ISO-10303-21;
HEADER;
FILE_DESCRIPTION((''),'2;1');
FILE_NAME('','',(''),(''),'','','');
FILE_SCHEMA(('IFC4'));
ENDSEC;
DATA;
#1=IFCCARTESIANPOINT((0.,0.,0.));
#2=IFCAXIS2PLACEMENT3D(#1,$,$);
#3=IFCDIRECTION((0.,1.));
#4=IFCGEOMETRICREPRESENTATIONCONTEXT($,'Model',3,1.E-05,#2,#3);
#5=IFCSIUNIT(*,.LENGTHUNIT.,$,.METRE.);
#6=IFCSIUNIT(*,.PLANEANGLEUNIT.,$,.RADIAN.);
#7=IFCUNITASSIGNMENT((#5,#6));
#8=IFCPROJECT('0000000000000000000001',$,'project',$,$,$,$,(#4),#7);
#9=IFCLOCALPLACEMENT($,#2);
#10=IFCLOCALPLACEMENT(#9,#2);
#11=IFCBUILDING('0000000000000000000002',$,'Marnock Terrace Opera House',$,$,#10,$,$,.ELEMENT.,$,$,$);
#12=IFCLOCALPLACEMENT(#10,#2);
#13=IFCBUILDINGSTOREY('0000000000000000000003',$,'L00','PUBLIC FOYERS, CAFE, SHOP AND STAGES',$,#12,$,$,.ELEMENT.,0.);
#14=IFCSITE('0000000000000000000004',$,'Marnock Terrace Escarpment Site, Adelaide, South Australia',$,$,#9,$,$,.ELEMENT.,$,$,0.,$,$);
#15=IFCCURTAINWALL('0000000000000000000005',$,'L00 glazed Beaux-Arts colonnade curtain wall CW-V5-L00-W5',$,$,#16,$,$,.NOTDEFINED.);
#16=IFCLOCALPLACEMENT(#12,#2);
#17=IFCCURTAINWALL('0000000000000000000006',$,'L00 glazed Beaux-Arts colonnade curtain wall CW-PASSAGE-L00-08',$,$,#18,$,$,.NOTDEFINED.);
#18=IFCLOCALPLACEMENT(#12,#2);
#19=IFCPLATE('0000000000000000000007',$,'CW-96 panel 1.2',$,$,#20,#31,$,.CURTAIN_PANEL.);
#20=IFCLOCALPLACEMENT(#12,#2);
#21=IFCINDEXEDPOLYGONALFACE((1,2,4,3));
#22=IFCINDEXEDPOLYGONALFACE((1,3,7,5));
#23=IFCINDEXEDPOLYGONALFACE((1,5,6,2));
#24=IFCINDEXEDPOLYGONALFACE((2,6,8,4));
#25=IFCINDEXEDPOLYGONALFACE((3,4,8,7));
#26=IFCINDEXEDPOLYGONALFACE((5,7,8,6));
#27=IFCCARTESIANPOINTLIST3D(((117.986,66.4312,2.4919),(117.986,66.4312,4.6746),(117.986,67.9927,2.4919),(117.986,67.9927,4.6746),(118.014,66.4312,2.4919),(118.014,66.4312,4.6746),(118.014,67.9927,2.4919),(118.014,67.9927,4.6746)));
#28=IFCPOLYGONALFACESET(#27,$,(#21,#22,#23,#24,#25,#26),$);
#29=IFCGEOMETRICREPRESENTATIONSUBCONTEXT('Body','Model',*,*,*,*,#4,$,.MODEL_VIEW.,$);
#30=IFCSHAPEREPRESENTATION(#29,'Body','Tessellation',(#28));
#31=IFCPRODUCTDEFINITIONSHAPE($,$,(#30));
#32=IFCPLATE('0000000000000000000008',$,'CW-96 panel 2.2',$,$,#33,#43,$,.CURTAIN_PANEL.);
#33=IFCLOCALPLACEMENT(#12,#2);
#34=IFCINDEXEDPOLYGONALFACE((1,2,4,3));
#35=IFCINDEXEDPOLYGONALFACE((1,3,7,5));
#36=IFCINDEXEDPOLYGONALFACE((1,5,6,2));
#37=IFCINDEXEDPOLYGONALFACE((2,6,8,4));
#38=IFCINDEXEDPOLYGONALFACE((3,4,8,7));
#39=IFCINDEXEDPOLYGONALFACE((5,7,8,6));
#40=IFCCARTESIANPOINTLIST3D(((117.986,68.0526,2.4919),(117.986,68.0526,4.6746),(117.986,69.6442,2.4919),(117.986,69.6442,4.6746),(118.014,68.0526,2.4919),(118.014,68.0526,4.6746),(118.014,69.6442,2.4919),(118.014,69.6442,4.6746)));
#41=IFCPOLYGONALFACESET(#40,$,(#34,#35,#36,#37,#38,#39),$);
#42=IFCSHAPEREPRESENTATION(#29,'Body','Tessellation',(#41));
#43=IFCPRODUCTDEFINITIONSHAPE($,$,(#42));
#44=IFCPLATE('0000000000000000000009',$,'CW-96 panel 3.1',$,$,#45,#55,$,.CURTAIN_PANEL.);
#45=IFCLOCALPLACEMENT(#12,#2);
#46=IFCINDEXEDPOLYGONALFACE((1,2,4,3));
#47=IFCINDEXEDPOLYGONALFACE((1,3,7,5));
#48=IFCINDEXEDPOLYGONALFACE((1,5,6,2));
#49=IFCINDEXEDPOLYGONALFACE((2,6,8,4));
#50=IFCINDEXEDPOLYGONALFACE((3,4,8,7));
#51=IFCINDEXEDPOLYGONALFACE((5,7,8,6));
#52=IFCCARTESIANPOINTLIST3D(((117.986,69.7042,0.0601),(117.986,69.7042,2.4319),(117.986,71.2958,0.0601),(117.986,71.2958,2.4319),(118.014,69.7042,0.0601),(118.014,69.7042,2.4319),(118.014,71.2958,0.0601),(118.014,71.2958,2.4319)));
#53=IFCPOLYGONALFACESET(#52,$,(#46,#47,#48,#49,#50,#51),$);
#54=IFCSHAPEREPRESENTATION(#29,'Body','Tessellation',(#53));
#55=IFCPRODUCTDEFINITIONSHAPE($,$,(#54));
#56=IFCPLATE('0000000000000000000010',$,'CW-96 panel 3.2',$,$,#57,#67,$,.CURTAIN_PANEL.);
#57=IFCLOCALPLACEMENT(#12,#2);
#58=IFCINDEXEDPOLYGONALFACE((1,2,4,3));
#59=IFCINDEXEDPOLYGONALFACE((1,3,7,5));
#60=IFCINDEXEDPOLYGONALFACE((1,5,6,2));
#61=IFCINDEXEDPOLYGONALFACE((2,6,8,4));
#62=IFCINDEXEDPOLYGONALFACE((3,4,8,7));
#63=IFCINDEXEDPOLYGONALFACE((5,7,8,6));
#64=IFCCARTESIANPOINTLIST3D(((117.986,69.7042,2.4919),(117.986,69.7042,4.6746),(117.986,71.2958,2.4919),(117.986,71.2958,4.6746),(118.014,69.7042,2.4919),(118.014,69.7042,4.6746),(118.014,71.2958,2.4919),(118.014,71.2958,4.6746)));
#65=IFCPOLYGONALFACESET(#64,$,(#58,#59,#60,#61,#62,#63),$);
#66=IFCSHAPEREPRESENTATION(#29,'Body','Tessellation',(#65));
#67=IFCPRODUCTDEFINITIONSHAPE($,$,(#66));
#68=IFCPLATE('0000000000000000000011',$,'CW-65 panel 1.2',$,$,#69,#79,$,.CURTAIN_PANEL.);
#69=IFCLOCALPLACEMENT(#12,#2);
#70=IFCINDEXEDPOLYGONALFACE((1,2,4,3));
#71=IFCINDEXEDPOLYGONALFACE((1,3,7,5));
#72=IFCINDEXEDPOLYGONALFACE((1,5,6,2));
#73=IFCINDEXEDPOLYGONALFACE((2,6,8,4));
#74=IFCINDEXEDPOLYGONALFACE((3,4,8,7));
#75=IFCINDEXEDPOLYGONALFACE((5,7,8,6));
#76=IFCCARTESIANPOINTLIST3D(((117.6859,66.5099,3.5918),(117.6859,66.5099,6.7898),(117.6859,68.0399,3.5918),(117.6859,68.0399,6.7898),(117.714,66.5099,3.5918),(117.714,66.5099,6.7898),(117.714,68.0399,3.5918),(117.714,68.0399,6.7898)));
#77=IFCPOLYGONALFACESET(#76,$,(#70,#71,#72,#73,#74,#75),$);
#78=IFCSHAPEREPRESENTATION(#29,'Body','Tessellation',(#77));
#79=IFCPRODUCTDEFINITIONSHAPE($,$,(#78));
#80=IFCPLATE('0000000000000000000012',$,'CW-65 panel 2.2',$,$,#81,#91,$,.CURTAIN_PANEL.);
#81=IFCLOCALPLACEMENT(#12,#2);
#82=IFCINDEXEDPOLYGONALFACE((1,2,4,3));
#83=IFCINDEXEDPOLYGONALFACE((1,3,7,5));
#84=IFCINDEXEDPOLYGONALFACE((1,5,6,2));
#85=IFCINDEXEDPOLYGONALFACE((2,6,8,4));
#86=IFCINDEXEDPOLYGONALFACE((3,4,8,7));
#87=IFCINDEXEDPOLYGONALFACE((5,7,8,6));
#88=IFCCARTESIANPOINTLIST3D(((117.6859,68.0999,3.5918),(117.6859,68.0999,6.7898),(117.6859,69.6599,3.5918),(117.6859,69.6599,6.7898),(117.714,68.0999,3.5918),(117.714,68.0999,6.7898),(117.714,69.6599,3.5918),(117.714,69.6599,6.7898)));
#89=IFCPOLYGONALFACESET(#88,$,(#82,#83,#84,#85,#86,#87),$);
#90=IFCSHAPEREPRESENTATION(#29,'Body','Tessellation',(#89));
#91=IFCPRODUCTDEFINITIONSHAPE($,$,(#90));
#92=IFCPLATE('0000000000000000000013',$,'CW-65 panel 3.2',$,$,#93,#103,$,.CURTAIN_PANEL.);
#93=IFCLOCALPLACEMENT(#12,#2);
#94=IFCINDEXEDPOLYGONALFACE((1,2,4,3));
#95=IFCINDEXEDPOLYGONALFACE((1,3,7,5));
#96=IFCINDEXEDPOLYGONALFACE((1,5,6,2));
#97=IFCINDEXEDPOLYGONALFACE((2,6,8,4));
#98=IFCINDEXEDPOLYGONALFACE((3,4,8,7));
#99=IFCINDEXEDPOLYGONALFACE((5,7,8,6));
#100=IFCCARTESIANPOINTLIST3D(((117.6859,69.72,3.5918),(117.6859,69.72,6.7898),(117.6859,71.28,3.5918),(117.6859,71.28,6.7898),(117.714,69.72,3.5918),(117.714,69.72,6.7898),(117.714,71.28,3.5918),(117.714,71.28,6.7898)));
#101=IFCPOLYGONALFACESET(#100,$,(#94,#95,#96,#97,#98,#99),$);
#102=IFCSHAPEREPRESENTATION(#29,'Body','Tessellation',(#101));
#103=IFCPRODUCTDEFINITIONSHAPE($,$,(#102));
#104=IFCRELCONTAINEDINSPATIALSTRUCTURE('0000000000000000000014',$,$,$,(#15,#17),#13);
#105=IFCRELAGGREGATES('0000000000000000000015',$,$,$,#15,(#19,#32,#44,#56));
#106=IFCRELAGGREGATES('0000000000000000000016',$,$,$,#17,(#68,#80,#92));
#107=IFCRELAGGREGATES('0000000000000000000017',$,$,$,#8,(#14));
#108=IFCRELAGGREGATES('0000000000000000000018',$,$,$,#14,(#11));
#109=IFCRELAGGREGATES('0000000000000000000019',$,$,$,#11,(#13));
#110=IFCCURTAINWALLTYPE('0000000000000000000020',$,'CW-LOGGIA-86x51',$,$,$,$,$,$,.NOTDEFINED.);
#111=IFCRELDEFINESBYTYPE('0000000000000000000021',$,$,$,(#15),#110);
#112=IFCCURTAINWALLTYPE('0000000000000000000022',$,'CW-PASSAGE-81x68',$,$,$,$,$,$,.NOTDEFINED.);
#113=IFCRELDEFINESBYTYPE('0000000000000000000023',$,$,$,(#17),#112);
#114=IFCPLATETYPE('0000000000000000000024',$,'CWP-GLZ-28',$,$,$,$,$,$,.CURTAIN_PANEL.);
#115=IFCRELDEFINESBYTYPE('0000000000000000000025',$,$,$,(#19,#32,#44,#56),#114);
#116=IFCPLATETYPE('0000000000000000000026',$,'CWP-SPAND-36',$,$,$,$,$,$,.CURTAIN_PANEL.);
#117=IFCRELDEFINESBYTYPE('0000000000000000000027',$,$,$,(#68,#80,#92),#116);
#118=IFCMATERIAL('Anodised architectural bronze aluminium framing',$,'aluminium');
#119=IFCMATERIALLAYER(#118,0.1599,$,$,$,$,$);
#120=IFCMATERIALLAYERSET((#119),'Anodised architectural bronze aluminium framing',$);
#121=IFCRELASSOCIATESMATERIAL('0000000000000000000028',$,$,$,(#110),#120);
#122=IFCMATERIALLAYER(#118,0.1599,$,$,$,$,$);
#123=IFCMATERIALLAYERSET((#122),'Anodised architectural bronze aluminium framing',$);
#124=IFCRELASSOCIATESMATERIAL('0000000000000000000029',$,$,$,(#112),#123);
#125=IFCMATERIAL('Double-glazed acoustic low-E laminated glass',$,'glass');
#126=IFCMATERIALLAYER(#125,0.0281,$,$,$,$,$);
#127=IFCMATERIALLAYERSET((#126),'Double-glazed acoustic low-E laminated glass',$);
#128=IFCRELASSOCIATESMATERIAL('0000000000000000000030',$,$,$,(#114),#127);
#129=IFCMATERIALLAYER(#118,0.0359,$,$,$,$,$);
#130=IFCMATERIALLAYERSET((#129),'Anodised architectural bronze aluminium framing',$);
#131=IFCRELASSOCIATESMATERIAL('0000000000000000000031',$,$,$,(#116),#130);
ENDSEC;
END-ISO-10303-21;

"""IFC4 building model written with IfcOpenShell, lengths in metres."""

from ifc_helpers import new_model, si_unit, direction, frame, origin, origin_2d, place, context, subcontext, project, spatial, rectangle, extrude, material, layer, layer_set, type_object, element, aggregate, save


model = new_model("IFC4")

# Units and contexts
model_context = context("Model", 3, precision=1e-05, world=origin(), true_north=direction((0.0, 1.0)))
body_context = subcontext(model_context, "Body", "Model", "MODEL_VIEW")
ifc_project = project(units=[si_unit("LENGTHUNIT", "METRE"), si_unit("PLANEANGLEUNIT", "RADIAN")], contexts=[model_context])

# Site, building, storey
site_placement = place(None, origin())
site = spatial("IfcSite", under=ifc_project, at=site_placement, Name="Marnock Terrace Escarpment Site, Adelaide, South Australia", CompositionType="ELEMENT", RefElevation=0.0)
building_placement = place(site_placement, origin())
building = spatial("IfcBuilding", under=site, at=building_placement, Name="Marnock Terrace Opera House", CompositionType="ELEMENT")
storey_placement = place(building_placement, origin())
storey = spatial("IfcBuildingStorey", under=building, at=storey_placement, Name="L00", Description="PUBLIC FOYERS, CAFE, SHOP AND STAGES", CompositionType="ELEMENT", Elevation=0.0)

# Curtain walls
ifc_material_1 = material(Name="Anodised architectural bronze aluminium framing", Category="aluminium")
ifc_layer_1 = layer(ifc_material_1, 0.1599)
ifc_layer_set_1 = layer_set([ifc_layer_1], Name="Anodised architectural bronze aluminium framing")
curtain_wall_type_1 = type_object("IfcCurtainWallType", Name="CW-LOGGIA-86x51", PredefinedType="NOTDEFINED", material=ifc_layer_set_1)
curtain_wall_1_placement = place(storey_placement, origin())
curtain_wall_1 = element("IfcCurtainWall", 1, at=curtain_wall_1_placement, inside=storey, type_object=curtain_wall_type_1, Name="L00 glazed Beaux-Arts colonnade curtain wall CW-V5-L00-W5", PredefinedType="NOTDEFINED")
ifc_layer_2 = layer(ifc_material_1, 0.1599)
ifc_layer_set_2 = layer_set([ifc_layer_2], Name="Anodised architectural bronze aluminium framing")
curtain_wall_type_2 = type_object("IfcCurtainWallType", Name="CW-PASSAGE-81x68", PredefinedType="NOTDEFINED", material=ifc_layer_set_2)
curtain_wall_2_placement = place(storey_placement, origin())
curtain_wall_2 = element("IfcCurtainWall", 2, at=curtain_wall_2_placement, inside=storey, type_object=curtain_wall_type_2, Name="L00 glazed Beaux-Arts colonnade curtain wall CW-PASSAGE-L00-08", PredefinedType="NOTDEFINED")

# Plates
ifc_material_2 = material(Name="Double-glazed acoustic low-E laminated glass", Category="glass")
ifc_layer_3 = layer(ifc_material_2, 0.0281)
ifc_layer_set_3 = layer_set([ifc_layer_3], Name="Double-glazed acoustic low-E laminated glass")
plate_type_1 = type_object("IfcPlateType", Name="CWP-GLZ-28", PredefinedType="CURTAIN_PANEL", material=ifc_layer_set_3)
plate_1_placement = place(storey_placement, frame((118.0, 67.2119, 2.4919), z_axis=(0.0, 0.0, 1.0), x_axis=(0.0, 1.0, 0.0)))
plate_1 = element("IfcPlate", 3, at=plate_1_placement, type_object=plate_type_1, Name="CW-96 panel 1.2", PredefinedType="CURTAIN_PANEL", context=body_context, shape_type="SweptSolid", body=[
    extrude(rectangle(XDim=1.5615, YDim=0.0281, at=origin_2d()), origin(), (0.0, 0.0, 1.0), 2.1826),
])
plate_2_placement = place(storey_placement, frame((118.0, 68.8484, 2.4919), z_axis=(0.0, 0.0, 1.0), x_axis=(0.0, 1.0, 0.0)))
plate_2 = element("IfcPlate", 4, at=plate_2_placement, type_object=plate_type_1, Name="CW-96 panel 2.2", PredefinedType="CURTAIN_PANEL", context=body_context, shape_type="SweptSolid", body=[
    extrude(rectangle(XDim=1.5916, YDim=0.0281, at=origin_2d()), origin(), (0.0, 0.0, 1.0), 2.1826),
])
plate_3_placement = place(storey_placement, frame((118.0, 70.5, 0.0601), z_axis=(0.0, 0.0, 1.0), x_axis=(0.0, 1.0, 0.0)))
plate_3 = element("IfcPlate", 5, at=plate_3_placement, type_object=plate_type_1, Name="CW-96 panel 3.1", PredefinedType="CURTAIN_PANEL", context=body_context, shape_type="SweptSolid", body=[
    extrude(rectangle(XDim=1.5916, YDim=0.0281, at=origin_2d()), origin(), (0.0, 0.0, 1.0), 2.3718),
])
plate_4_placement = place(storey_placement, frame((118.0, 70.5, 2.4919), z_axis=(0.0, 0.0, 1.0), x_axis=(0.0, 1.0, 0.0)))
plate_4 = element("IfcPlate", 6, at=plate_4_placement, type_object=plate_type_1, Name="CW-96 panel 3.2", PredefinedType="CURTAIN_PANEL", context=body_context, shape_type="SweptSolid", body=[
    extrude(rectangle(XDim=1.5916, YDim=0.0281, at=origin_2d()), origin(), (0.0, 0.0, 1.0), 2.1826),
])
aggregate(curtain_wall_1, [plate_1, plate_2, plate_3, plate_4])
ifc_layer_4 = layer(ifc_material_1, 0.0359)
ifc_layer_set_4 = layer_set([ifc_layer_4], Name="Anodised architectural bronze aluminium framing")
plate_type_2 = type_object("IfcPlateType", Name="CWP-SPAND-36", PredefinedType="CURTAIN_PANEL", material=ifc_layer_set_4)
plate_5_placement = place(storey_placement, frame((117.7, 67.2749, 3.5918), z_axis=(0.0, 0.0, 1.0), x_axis=(0.0, 1.0, 0.0)))
plate_5 = element("IfcPlate", 7, at=plate_5_placement, type_object=plate_type_2, Name="CW-65 panel 1.2", PredefinedType="CURTAIN_PANEL", context=body_context, shape_type="SweptSolid", body=[
    extrude(rectangle(XDim=1.53, YDim=0.0281, at=origin_2d()), origin(), (0.0, 0.0, 1.0), 3.198),
])
plate_6_placement = place(storey_placement, frame((117.7, 68.8799, 3.5918), z_axis=(0.0, 0.0, 1.0), x_axis=(0.0, 1.0, 0.0)))
plate_6 = element("IfcPlate", 8, at=plate_6_placement, type_object=plate_type_2, Name="CW-65 panel 2.2", PredefinedType="CURTAIN_PANEL", context=body_context, shape_type="SweptSolid", body=[
    extrude(rectangle(XDim=1.5601, YDim=0.0281, at=origin_2d()), origin(), (0.0, 0.0, 1.0), 3.198),
])
plate_7_placement = place(storey_placement, frame((117.7, 70.5, 3.5918), z_axis=(0.0, 0.0, 1.0), x_axis=(0.0, 1.0, 0.0)))
plate_7 = element("IfcPlate", 9, at=plate_7_placement, type_object=plate_type_2, Name="CW-65 panel 3.2", PredefinedType="CURTAIN_PANEL", context=body_context, shape_type="SweptSolid", body=[
    extrude(rectangle(XDim=1.5601, YDim=0.0281, at=origin_2d()), origin(), (0.0, 0.0, 1.0), 3.198),
])
aggregate(curtain_wall_2, [plate_5, plate_6, plate_7])

save(model, "model.ifc")
